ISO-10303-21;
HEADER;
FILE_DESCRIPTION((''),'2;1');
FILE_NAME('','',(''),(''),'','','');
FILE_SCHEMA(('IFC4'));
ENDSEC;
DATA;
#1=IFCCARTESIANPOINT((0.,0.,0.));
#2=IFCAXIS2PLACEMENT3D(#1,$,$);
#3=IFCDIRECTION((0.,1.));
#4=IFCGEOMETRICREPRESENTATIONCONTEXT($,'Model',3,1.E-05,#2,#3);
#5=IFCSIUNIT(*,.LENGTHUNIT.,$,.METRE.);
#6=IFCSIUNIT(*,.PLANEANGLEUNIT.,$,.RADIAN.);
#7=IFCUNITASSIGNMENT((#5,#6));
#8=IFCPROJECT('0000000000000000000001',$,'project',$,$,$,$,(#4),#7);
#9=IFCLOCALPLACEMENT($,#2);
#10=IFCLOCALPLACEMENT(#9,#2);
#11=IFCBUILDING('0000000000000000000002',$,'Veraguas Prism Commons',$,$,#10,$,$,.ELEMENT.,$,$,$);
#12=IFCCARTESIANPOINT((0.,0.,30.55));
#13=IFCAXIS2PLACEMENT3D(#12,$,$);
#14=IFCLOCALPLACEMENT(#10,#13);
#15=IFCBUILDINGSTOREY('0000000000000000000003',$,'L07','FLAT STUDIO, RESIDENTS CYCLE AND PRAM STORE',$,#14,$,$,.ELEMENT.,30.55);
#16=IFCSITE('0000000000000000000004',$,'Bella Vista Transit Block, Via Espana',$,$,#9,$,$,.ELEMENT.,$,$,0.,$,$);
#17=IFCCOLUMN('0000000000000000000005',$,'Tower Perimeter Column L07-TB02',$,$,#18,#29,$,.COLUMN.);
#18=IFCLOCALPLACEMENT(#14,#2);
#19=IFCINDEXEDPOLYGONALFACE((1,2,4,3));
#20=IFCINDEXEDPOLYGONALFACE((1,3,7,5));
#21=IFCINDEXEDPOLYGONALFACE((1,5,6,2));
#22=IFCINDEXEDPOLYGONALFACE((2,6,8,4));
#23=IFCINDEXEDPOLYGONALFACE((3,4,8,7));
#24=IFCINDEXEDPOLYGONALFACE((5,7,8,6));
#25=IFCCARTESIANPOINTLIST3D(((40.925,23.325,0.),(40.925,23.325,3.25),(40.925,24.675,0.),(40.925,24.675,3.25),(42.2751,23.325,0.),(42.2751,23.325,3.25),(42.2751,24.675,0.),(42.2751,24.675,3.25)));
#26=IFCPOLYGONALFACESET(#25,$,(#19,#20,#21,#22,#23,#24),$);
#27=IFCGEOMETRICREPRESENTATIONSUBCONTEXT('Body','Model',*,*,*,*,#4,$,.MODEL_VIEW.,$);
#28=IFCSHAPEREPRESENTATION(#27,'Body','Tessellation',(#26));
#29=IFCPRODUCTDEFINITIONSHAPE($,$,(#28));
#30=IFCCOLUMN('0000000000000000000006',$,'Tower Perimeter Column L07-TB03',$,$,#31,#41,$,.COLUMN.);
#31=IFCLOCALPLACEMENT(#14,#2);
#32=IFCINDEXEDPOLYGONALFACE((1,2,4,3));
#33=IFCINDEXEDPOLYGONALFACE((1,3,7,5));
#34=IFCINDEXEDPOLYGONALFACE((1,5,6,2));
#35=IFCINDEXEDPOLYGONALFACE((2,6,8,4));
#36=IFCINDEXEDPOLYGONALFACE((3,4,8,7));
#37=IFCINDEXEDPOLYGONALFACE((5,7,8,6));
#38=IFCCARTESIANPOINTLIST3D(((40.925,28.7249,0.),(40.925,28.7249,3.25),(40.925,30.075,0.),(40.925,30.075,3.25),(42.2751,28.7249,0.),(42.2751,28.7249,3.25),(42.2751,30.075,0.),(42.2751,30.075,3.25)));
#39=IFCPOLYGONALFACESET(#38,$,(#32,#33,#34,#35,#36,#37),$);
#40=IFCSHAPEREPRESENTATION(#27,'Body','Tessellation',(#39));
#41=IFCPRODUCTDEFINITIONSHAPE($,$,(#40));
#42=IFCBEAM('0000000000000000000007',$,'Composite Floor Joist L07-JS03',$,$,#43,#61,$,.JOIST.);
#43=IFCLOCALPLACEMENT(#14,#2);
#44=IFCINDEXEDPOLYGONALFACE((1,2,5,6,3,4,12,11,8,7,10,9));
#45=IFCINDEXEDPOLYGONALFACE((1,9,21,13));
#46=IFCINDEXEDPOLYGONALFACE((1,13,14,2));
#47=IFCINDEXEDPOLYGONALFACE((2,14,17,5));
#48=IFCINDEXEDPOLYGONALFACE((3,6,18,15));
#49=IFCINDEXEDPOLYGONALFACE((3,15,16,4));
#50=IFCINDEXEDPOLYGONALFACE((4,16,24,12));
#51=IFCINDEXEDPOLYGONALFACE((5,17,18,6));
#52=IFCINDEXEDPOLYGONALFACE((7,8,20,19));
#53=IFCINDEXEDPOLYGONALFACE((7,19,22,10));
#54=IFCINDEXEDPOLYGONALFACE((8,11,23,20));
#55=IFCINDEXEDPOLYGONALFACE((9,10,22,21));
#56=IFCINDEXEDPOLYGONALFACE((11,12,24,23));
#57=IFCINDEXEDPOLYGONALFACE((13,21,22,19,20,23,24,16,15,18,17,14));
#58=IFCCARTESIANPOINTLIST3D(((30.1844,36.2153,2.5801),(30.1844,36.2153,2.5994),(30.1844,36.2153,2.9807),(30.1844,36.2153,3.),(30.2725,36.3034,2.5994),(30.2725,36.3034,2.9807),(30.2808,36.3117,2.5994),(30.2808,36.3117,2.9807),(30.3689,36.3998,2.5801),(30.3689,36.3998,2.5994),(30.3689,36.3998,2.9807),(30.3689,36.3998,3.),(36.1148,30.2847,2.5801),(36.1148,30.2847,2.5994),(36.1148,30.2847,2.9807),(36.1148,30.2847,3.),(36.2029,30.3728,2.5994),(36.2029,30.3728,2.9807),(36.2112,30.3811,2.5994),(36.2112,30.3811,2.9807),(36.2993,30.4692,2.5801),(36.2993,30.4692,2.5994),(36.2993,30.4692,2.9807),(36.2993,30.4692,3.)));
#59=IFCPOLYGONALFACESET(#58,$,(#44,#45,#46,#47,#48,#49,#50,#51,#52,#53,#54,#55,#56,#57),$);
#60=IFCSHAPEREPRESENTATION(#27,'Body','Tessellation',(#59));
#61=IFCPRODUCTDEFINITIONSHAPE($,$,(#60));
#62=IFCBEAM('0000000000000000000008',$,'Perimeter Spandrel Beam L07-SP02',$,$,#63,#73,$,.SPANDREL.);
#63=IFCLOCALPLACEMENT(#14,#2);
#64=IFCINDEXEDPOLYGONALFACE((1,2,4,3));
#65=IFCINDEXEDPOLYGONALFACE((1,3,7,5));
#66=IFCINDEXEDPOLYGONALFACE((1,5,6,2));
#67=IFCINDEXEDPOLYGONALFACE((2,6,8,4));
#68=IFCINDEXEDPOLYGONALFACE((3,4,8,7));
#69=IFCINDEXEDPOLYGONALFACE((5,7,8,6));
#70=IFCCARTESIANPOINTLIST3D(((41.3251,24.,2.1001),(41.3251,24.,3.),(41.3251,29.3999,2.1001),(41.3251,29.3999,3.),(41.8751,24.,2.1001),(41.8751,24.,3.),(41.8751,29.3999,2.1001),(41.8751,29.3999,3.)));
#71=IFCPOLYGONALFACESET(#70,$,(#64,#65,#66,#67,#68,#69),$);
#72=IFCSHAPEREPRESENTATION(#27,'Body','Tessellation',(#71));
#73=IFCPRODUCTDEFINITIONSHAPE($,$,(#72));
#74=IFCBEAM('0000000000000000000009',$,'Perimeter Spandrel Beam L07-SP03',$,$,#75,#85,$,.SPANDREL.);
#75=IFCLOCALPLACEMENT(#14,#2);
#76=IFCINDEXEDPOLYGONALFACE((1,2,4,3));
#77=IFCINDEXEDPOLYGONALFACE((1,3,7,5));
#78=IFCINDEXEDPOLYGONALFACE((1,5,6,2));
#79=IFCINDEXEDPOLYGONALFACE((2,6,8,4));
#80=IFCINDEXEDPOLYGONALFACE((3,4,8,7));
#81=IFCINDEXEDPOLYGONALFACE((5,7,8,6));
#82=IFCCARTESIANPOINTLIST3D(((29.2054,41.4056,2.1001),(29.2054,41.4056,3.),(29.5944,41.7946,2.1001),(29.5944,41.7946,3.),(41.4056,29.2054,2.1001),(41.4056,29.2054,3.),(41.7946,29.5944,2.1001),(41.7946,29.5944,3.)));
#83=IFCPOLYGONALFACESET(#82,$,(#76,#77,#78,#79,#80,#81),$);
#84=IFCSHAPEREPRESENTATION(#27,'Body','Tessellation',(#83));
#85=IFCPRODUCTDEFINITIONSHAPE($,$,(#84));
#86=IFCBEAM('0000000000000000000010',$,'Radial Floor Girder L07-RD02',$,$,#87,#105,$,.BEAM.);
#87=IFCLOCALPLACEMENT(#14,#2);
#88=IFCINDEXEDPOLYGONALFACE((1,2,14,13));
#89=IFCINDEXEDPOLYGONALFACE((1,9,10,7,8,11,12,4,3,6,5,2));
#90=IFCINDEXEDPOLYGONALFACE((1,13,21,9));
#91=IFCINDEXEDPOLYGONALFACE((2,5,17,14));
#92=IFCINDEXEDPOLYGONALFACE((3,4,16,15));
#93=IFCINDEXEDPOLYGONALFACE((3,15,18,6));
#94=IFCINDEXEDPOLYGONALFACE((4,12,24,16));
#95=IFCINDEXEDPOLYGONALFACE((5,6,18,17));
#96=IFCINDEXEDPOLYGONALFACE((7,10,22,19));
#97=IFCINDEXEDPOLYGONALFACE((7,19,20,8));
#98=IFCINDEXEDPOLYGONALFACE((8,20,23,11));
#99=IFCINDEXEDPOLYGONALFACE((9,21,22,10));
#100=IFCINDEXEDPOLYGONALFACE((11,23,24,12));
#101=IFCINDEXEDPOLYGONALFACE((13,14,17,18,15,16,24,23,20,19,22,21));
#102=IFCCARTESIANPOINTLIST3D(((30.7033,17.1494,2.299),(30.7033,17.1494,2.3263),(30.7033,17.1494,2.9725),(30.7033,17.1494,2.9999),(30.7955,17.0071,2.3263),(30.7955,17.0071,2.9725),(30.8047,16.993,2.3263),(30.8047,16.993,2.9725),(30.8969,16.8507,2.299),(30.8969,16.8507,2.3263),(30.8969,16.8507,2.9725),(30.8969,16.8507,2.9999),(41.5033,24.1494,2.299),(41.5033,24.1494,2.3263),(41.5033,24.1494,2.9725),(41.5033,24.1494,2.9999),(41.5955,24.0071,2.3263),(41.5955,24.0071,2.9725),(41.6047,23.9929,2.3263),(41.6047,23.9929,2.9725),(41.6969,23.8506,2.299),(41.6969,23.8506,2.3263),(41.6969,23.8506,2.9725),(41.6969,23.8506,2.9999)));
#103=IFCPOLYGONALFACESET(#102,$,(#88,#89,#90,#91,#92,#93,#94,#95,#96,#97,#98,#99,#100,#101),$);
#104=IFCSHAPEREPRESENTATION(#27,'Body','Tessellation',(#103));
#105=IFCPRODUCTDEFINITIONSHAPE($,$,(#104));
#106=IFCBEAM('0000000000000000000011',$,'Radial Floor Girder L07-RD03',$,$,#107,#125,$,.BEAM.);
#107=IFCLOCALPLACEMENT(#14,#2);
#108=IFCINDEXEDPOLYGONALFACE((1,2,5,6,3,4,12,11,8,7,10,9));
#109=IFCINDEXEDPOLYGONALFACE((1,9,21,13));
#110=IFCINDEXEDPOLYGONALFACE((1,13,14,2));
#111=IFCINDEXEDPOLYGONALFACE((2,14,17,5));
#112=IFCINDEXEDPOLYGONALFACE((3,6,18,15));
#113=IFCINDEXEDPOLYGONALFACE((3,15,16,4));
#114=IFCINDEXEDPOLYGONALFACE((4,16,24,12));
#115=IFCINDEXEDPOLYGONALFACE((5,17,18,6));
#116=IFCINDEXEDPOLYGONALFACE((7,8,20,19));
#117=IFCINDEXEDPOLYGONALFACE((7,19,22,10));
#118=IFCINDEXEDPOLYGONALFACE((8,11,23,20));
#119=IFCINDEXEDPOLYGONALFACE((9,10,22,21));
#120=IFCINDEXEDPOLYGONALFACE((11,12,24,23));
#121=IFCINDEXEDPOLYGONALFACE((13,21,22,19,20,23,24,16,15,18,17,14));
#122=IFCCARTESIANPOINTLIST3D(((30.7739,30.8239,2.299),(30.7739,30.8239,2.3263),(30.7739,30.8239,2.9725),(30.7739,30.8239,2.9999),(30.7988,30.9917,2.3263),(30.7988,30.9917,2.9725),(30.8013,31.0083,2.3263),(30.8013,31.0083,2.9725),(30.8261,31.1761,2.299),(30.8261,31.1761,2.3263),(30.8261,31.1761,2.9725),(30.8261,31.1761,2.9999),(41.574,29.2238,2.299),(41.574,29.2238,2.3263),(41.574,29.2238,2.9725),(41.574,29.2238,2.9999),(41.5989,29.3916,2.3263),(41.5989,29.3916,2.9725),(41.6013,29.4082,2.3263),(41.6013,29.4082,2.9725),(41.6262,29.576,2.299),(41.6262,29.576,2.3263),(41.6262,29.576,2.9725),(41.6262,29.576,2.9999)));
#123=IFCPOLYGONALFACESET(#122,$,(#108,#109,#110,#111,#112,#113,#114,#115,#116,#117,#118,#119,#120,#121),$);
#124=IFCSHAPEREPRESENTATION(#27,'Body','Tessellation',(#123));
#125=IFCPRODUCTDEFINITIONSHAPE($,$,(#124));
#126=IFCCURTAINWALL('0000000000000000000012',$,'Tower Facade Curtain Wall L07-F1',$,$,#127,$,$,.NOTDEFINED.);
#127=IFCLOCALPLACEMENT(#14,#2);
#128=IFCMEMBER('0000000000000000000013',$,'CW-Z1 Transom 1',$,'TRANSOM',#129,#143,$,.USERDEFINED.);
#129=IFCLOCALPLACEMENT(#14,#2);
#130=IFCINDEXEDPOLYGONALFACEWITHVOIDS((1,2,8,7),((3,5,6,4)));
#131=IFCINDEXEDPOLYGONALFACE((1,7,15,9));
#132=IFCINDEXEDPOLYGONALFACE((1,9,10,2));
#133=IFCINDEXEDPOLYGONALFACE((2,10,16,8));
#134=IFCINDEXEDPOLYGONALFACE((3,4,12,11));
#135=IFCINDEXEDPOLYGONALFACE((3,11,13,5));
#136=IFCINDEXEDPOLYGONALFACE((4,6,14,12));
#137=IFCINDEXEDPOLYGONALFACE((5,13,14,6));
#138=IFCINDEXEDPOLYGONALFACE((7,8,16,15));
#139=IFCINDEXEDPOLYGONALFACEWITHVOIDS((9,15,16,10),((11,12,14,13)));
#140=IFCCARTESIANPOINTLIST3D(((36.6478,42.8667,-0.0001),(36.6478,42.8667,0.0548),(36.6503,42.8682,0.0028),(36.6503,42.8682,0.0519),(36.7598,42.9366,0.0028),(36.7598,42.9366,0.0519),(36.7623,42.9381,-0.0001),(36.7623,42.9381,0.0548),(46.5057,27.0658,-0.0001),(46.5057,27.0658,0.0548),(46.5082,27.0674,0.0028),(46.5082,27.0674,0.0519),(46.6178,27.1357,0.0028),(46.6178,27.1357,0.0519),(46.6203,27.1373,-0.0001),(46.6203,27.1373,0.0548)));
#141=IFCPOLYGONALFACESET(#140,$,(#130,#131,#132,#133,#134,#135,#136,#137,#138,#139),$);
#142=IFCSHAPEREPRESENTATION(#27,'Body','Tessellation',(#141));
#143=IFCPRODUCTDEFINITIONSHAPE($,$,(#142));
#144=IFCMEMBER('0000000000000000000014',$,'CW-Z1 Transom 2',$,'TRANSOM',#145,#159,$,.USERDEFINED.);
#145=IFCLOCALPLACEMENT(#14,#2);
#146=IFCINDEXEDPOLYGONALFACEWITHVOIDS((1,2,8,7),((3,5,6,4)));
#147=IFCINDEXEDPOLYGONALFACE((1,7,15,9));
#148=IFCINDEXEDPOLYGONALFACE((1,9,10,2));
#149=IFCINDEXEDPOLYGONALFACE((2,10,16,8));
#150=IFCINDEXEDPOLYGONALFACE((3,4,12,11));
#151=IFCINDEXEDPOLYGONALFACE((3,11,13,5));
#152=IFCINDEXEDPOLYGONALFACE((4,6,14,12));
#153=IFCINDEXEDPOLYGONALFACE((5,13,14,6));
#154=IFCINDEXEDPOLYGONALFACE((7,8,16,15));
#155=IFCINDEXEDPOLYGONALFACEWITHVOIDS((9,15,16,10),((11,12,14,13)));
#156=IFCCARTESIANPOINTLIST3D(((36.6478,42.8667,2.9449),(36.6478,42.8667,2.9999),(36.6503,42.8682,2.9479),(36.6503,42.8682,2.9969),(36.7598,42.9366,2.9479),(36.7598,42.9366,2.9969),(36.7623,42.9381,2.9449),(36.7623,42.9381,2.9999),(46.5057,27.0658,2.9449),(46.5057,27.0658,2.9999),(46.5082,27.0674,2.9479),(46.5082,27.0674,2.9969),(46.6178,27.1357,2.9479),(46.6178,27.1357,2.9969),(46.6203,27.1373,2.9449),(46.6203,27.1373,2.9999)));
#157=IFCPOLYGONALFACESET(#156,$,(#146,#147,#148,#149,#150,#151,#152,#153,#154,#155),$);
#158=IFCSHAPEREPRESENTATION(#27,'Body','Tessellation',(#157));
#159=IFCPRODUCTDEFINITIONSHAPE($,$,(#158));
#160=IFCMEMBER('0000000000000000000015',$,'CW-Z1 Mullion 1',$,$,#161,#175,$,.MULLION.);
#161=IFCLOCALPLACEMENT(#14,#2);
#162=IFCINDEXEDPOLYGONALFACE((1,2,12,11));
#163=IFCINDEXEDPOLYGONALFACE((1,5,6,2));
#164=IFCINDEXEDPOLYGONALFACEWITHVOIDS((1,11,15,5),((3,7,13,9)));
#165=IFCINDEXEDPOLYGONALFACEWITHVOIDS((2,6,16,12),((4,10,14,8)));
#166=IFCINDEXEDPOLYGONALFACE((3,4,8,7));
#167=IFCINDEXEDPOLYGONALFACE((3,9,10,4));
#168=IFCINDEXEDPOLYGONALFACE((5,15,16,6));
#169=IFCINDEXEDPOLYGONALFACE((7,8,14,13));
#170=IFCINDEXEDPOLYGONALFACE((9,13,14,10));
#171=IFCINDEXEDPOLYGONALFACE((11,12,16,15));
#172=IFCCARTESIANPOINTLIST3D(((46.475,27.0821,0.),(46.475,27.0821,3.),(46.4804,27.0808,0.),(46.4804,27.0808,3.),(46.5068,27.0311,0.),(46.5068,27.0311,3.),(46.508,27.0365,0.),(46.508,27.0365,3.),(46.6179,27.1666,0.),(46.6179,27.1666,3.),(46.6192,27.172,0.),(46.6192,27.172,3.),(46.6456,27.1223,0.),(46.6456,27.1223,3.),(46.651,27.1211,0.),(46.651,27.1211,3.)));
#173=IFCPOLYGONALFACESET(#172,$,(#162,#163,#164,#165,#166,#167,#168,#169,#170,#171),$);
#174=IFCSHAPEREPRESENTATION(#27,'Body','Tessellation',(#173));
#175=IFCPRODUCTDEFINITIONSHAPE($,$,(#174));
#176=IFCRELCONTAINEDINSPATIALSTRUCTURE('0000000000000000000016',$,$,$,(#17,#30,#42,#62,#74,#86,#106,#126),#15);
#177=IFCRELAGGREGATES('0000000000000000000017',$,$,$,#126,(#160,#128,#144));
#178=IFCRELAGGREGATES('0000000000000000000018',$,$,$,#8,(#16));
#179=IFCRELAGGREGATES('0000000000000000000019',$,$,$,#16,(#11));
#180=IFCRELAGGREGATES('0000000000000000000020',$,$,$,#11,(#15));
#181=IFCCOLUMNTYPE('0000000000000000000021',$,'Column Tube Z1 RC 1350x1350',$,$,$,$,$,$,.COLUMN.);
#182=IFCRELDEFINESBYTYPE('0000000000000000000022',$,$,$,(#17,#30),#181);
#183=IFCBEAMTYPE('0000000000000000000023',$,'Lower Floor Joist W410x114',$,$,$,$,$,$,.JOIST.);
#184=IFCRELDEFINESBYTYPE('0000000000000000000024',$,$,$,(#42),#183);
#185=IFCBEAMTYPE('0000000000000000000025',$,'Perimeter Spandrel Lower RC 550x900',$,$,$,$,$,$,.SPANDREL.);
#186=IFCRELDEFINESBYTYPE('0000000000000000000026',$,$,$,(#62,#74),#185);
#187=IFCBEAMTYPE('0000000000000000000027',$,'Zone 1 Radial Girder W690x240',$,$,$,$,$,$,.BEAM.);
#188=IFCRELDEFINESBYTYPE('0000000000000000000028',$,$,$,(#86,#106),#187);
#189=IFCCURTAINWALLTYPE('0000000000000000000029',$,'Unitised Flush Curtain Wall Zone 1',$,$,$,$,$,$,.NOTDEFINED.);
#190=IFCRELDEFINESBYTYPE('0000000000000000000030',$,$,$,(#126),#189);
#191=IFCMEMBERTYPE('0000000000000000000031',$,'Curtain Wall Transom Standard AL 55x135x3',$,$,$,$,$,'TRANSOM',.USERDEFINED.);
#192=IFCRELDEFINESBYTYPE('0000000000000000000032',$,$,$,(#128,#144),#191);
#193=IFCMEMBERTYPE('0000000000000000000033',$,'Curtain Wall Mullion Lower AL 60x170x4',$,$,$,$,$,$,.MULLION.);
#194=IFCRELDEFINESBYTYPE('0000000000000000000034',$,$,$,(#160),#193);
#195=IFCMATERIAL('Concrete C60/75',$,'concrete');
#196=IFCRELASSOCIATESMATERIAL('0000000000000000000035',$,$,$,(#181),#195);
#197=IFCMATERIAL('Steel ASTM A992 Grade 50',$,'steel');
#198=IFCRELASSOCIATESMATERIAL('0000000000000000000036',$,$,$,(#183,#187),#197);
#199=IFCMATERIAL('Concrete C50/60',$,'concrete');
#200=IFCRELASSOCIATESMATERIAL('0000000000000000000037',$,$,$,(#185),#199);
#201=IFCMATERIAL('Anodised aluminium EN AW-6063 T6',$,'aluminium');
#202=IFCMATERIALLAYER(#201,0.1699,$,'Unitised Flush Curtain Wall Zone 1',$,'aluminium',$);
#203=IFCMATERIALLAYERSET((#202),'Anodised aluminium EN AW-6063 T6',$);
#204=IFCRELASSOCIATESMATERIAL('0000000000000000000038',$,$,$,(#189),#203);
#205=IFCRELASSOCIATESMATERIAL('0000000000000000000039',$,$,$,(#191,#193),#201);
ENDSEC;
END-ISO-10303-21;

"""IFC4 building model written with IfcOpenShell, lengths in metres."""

from ifc_helpers import new_model, si_unit, direction, frame, origin, origin_2d, place, context, subcontext, project, spatial, rectangle, hollow_rectangle, i_section, extrude, source, transform, mapped, material, layer, layer_set, material_profile, profile_set, type_object, element, aggregate, save


model = new_model("IFC4")

# Units and contexts
model_context = context("Model", 3, precision=1e-05, world=origin(), true_north=direction((0.0, 1.0)))
body_context = subcontext(model_context, "Body", "Model", "MODEL_VIEW")
ifc_project = project(units=[si_unit("LENGTHUNIT", "METRE"), si_unit("PLANEANGLEUNIT", "RADIAN")], contexts=[model_context])

# Site, building, storey
site_placement = place(None, origin())
site = spatial("IfcSite", under=ifc_project, at=site_placement, Name="Bella Vista Transit Block, Via Espana", CompositionType="ELEMENT", RefElevation=0.0)
building_placement = place(site_placement, origin())
building = spatial("IfcBuilding", under=site, at=building_placement, Name="Veraguas Prism Commons", CompositionType="ELEMENT")
storey_placement = place(building_placement, frame((0.0, 0.0, 30.55)))
storey = spatial("IfcBuildingStorey", under=building, at=storey_placement, Name="L07", Description="FLAT STUDIO, RESIDENTS CYCLE AND PRAM STORE", CompositionType="ELEMENT", Elevation=30.55)

# Columns
ifc_material_1 = material(Name="Concrete C60/75", Category="concrete")
ifc_material_profile_1 = material_profile(ifc_material_1, rectangle(XDim=1.3501, YDim=1.3501, at=origin_2d()), Name="RC1350X1350")
ifc_profile_set_1 = profile_set([ifc_material_profile_1], Name="Concrete C60/75")
column_type = type_object("IfcColumnType", Name="Column Tube Z1 RC 1350x1350", PredefinedType="COLUMN", material=ifc_profile_set_1)
for number, where, z_axis, x_axis, name in (
    (1, (41.6001, 24.0, 0.0), (0.0, 0.0, 1.0), (1.0, 0.0, 0.0), "Tower Perimeter Column L07-TB02"),
    (2, (41.6001, 29.3999, 0.0), (0.0, 0.0, 1.0), (1.0, 0.0, 0.0), "Tower Perimeter Column L07-TB03"),
):
    element("IfcColumn", number, at=place(storey_placement, frame(where, z_axis=z_axis, x_axis=x_axis)), inside=storey, type_object=column_type, Name=name, PredefinedType="COLUMN", context=body_context, shape_type="SweptSolid", body=[
        extrude(rectangle(XDim=1.3501, YDim=1.3501, at=origin_2d()), origin(), (0.0, 0.0, 1.0), 3.25),
    ])

# Beams
ifc_material_2 = material(Name="Steel ASTM A992 Grade 50", Category="steel")
ifc_material_profile_2 = material_profile(ifc_material_2, i_section(OverallWidth=0.261, OverallDepth=0.4199, WebThickness=0.0117, FlangeThickness=0.0193, at=origin_2d()), Name="W410X114")
ifc_profile_set_2 = profile_set([ifc_material_profile_2], Name="Steel ASTM A992 Grade 50")
beam_type_1 = type_object("IfcBeamType", Name="Lower Floor Joist W410x114", PredefinedType="JOIST", material=ifc_profile_set_2)
beam_1_placement = place(storey_placement, frame((36.207, 30.377, 2.79), z_axis=(-0.707092, 0.707121, 0.0), x_axis=(-0.707121, -0.707092, 0.0)))
element("IfcBeam", 3, at=beam_1_placement, inside=storey, type_object=beam_type_1, Name="Composite Floor Joist L07-JS03", PredefinedType="JOIST", context=body_context, shape_type="SweptSolid", body=[
    extrude(i_section(OverallWidth=0.261, OverallDepth=0.4199, WebThickness=0.0117, FlangeThickness=0.0193, at=origin_2d()), origin(), (0.0, 0.0, 1.0), 8.387),
])
ifc_material_3 = material(Name="Concrete C50/60", Category="concrete")
ifc_material_profile_3 = material_profile(ifc_material_3, rectangle(XDim=0.55, YDim=0.8999, at=origin_2d()), Name="RC550X900")
ifc_profile_set_3 = profile_set([ifc_material_profile_3], Name="Concrete C50/60")
beam_type_2 = type_object("IfcBeamType", Name="Perimeter Spandrel Lower RC 550x900", PredefinedType="SPANDREL", material=ifc_profile_set_3)
beam_2_placement = place(storey_placement, frame((41.6001, 24.0, 2.55), z_axis=(0.0, 1.0, 0.0), x_axis=(-1.0, 0.0, 0.0)))
element("IfcBeam", 4, at=beam_2_placement, inside=storey, type_object=beam_type_2, Name="Perimeter Spandrel Beam L07-SP02", PredefinedType="SPANDREL", context=body_context, shape_type="SweptSolid", body=[
    extrude(rectangle(XDim=0.55, YDim=0.8999, at=origin_2d()), origin(), (0.0, 0.0, 1.0), 5.3999),
])
beam_3_placement = place(storey_placement, frame((41.6001, 29.3999, 2.55), z_axis=(-0.707107, 0.707107, 0.0), x_axis=(-0.707107, -0.707107, 0.0)))
element("IfcBeam", 5, at=beam_3_placement, inside=storey, type_object=beam_type_2, Name="Perimeter Spandrel Beam L07-SP03", PredefinedType="SPANDREL", context=body_context, shape_type="SweptSolid", body=[
    extrude(rectangle(XDim=0.55, YDim=0.8999, at=origin_2d()), origin(), (0.0, 0.0, 1.0), 17.2537),
])
ifc_material_profile_4 = material_profile(ifc_material_2, i_section(OverallWidth=0.356, OverallDepth=0.7009, WebThickness=0.0168, FlangeThickness=0.0273, at=origin_2d()), Name="W690X240")
ifc_profile_set_4 = profile_set([ifc_material_profile_4], Name="Steel ASTM A992 Grade 50")
beam_type_3 = type_object("IfcBeamType", Name="Zone 1 Radial Girder W690x240", PredefinedType="BEAM", material=ifc_profile_set_4)
beam_4_placement = place(storey_placement, frame((41.6001, 24.0, 2.6494), z_axis=(-0.839154, -0.543894, 0.0), x_axis=(0.543894, -0.839154, 0.0)))
element("IfcBeam", 6, at=beam_4_placement, inside=storey, type_object=beam_type_3, Name="Radial Floor Girder L07-RD02", PredefinedType="BEAM", context=body_context, shape_type="SweptSolid", body=[
    extrude(i_section(OverallWidth=0.356, OverallDepth=0.7009, WebThickness=0.0168, FlangeThickness=0.0273, at=origin_2d()), origin(), (0.0, 0.0, 1.0), 12.8701),
])
beam_5_placement = place(storey_placement, frame((41.6001, 29.3999, 2.6494), z_axis=(-0.989202, 0.146557, 0.0), x_axis=(-0.146557, -0.989202, 0.0)))
element("IfcBeam", 7, at=beam_5_placement, inside=storey, type_object=beam_type_3, Name="Radial Floor Girder L07-RD03", PredefinedType="BEAM", context=body_context, shape_type="SweptSolid", body=[
    extrude(i_section(OverallWidth=0.356, OverallDepth=0.7009, WebThickness=0.0168, FlangeThickness=0.0273, at=origin_2d()), origin(), (0.0, 0.0, 1.0), 10.918),
])

# Curtain wall, members
ifc_material_4 = material(Name="Anodised aluminium EN AW-6063 T6", Category="aluminium")
ifc_layer_1 = layer(ifc_material_4, 0.1699, Name="Unitised Flush Curtain Wall Zone 1", Category="aluminium")
ifc_layer_set_1 = layer_set([ifc_layer_1], Name="Anodised aluminium EN AW-6063 T6")
curtain_wall_type = type_object("IfcCurtainWallType", Name="Unitised Flush Curtain Wall Zone 1", PredefinedType="NOTDEFINED", material=ifc_layer_set_1)
curtain_wall_placement = place(storey_placement, origin())
curtain_wall = element("IfcCurtainWall", 8, at=curtain_wall_placement, inside=storey, type_object=curtain_wall_type, Name="Tower Facade Curtain Wall L07-F1", PredefinedType="NOTDEFINED")
ifc_material_profile_5 = material_profile(ifc_material_4, hollow_rectangle(XDim=0.0549, YDim=0.135, WallThickness=0.0029, at=origin_2d()), Name="AL55X135X3")
ifc_profile_set_5 = profile_set([ifc_material_profile_5], Name="Anodised aluminium EN AW-6063 T6")
member_type_1 = type_object("IfcMemberType", Name="Curtain Wall Transom Standard AL 55x135x3", ElementType="TRANSOM", PredefinedType="USERDEFINED", material=ifc_profile_set_5)
shared_shape_1 = source(origin(), body_context, "Body", "SweptSolid", [
    extrude(hollow_rectangle(XDim=0.0549, YDim=0.135, WallThickness=0.0029, at=origin_2d()), origin(), (0.0, 0.0, 1.0), 18.6238),
])
member_1_placement = place(storey_placement, frame((46.563, 27.1016, 0.0273), z_axis=(-0.52932, 0.848422, 0.0), x_axis=(0.0, 0.0, 1.0)))
member_1 = element("IfcMember", 9, at=member_1_placement, type_object=member_type_1, Name="CW-Z1 Transom 1", ObjectType="TRANSOM", PredefinedType="USERDEFINED", context=body_context, shape_type="MappedRepresentation", body=[
    mapped(shared_shape_1, transform((0.0, 0.0, 0.0), scale=1.0)),
])
member_2_placement = place(storey_placement, frame((46.563, 27.1016, 2.9724), z_axis=(-0.52932, 0.848422, 0.0), x_axis=(0.0, 0.0, 1.0)))
member_2 = element("IfcMember", 10, at=member_2_placement, type_object=member_type_1, Name="CW-Z1 Transom 2", ObjectType="TRANSOM", PredefinedType="USERDEFINED", context=body_context, shape_type="MappedRepresentation", body=[
    mapped(shared_shape_1, transform((0.0, 0.0, 0.0), scale=1.0)),
])
ifc_material_profile_6 = material_profile(ifc_material_4, hollow_rectangle(XDim=0.0601, YDim=0.1699, WallThickness=0.0039, at=origin_2d()), Name="AL60X170X4")
ifc_profile_set_6 = profile_set([ifc_material_profile_6], Name="Anodised aluminium EN AW-6063 T6")
member_type_2 = type_object("IfcMemberType", Name="Curtain Wall Mullion Lower AL 60x170x4", PredefinedType="MULLION", material=ifc_profile_set_6)
shared_shape_2 = source(origin(), body_context, "Body", "SweptSolid", [
    extrude(hollow_rectangle(XDim=0.0601, YDim=0.1699, WallThickness=0.0039, at=origin_2d()), origin(), (0.0, 0.0, 1.0), 3.0),
])
member_3_placement = place(storey_placement, frame((46.563, 27.1016, 0.0), z_axis=(0.0, 0.0, 1.0), x_axis=(-0.529324, 0.84842, 0.0)))
member_3 = element("IfcMember", 11, at=member_3_placement, type_object=member_type_2, Name="CW-Z1 Mullion 1", PredefinedType="MULLION", context=body_context, shape_type="MappedRepresentation", body=[
    mapped(shared_shape_2, transform((0.0, 0.0, 0.0), scale=1.0)),
])
aggregate(curtain_wall, [member_3, member_1, member_2])

save(model, "model.ifc")
